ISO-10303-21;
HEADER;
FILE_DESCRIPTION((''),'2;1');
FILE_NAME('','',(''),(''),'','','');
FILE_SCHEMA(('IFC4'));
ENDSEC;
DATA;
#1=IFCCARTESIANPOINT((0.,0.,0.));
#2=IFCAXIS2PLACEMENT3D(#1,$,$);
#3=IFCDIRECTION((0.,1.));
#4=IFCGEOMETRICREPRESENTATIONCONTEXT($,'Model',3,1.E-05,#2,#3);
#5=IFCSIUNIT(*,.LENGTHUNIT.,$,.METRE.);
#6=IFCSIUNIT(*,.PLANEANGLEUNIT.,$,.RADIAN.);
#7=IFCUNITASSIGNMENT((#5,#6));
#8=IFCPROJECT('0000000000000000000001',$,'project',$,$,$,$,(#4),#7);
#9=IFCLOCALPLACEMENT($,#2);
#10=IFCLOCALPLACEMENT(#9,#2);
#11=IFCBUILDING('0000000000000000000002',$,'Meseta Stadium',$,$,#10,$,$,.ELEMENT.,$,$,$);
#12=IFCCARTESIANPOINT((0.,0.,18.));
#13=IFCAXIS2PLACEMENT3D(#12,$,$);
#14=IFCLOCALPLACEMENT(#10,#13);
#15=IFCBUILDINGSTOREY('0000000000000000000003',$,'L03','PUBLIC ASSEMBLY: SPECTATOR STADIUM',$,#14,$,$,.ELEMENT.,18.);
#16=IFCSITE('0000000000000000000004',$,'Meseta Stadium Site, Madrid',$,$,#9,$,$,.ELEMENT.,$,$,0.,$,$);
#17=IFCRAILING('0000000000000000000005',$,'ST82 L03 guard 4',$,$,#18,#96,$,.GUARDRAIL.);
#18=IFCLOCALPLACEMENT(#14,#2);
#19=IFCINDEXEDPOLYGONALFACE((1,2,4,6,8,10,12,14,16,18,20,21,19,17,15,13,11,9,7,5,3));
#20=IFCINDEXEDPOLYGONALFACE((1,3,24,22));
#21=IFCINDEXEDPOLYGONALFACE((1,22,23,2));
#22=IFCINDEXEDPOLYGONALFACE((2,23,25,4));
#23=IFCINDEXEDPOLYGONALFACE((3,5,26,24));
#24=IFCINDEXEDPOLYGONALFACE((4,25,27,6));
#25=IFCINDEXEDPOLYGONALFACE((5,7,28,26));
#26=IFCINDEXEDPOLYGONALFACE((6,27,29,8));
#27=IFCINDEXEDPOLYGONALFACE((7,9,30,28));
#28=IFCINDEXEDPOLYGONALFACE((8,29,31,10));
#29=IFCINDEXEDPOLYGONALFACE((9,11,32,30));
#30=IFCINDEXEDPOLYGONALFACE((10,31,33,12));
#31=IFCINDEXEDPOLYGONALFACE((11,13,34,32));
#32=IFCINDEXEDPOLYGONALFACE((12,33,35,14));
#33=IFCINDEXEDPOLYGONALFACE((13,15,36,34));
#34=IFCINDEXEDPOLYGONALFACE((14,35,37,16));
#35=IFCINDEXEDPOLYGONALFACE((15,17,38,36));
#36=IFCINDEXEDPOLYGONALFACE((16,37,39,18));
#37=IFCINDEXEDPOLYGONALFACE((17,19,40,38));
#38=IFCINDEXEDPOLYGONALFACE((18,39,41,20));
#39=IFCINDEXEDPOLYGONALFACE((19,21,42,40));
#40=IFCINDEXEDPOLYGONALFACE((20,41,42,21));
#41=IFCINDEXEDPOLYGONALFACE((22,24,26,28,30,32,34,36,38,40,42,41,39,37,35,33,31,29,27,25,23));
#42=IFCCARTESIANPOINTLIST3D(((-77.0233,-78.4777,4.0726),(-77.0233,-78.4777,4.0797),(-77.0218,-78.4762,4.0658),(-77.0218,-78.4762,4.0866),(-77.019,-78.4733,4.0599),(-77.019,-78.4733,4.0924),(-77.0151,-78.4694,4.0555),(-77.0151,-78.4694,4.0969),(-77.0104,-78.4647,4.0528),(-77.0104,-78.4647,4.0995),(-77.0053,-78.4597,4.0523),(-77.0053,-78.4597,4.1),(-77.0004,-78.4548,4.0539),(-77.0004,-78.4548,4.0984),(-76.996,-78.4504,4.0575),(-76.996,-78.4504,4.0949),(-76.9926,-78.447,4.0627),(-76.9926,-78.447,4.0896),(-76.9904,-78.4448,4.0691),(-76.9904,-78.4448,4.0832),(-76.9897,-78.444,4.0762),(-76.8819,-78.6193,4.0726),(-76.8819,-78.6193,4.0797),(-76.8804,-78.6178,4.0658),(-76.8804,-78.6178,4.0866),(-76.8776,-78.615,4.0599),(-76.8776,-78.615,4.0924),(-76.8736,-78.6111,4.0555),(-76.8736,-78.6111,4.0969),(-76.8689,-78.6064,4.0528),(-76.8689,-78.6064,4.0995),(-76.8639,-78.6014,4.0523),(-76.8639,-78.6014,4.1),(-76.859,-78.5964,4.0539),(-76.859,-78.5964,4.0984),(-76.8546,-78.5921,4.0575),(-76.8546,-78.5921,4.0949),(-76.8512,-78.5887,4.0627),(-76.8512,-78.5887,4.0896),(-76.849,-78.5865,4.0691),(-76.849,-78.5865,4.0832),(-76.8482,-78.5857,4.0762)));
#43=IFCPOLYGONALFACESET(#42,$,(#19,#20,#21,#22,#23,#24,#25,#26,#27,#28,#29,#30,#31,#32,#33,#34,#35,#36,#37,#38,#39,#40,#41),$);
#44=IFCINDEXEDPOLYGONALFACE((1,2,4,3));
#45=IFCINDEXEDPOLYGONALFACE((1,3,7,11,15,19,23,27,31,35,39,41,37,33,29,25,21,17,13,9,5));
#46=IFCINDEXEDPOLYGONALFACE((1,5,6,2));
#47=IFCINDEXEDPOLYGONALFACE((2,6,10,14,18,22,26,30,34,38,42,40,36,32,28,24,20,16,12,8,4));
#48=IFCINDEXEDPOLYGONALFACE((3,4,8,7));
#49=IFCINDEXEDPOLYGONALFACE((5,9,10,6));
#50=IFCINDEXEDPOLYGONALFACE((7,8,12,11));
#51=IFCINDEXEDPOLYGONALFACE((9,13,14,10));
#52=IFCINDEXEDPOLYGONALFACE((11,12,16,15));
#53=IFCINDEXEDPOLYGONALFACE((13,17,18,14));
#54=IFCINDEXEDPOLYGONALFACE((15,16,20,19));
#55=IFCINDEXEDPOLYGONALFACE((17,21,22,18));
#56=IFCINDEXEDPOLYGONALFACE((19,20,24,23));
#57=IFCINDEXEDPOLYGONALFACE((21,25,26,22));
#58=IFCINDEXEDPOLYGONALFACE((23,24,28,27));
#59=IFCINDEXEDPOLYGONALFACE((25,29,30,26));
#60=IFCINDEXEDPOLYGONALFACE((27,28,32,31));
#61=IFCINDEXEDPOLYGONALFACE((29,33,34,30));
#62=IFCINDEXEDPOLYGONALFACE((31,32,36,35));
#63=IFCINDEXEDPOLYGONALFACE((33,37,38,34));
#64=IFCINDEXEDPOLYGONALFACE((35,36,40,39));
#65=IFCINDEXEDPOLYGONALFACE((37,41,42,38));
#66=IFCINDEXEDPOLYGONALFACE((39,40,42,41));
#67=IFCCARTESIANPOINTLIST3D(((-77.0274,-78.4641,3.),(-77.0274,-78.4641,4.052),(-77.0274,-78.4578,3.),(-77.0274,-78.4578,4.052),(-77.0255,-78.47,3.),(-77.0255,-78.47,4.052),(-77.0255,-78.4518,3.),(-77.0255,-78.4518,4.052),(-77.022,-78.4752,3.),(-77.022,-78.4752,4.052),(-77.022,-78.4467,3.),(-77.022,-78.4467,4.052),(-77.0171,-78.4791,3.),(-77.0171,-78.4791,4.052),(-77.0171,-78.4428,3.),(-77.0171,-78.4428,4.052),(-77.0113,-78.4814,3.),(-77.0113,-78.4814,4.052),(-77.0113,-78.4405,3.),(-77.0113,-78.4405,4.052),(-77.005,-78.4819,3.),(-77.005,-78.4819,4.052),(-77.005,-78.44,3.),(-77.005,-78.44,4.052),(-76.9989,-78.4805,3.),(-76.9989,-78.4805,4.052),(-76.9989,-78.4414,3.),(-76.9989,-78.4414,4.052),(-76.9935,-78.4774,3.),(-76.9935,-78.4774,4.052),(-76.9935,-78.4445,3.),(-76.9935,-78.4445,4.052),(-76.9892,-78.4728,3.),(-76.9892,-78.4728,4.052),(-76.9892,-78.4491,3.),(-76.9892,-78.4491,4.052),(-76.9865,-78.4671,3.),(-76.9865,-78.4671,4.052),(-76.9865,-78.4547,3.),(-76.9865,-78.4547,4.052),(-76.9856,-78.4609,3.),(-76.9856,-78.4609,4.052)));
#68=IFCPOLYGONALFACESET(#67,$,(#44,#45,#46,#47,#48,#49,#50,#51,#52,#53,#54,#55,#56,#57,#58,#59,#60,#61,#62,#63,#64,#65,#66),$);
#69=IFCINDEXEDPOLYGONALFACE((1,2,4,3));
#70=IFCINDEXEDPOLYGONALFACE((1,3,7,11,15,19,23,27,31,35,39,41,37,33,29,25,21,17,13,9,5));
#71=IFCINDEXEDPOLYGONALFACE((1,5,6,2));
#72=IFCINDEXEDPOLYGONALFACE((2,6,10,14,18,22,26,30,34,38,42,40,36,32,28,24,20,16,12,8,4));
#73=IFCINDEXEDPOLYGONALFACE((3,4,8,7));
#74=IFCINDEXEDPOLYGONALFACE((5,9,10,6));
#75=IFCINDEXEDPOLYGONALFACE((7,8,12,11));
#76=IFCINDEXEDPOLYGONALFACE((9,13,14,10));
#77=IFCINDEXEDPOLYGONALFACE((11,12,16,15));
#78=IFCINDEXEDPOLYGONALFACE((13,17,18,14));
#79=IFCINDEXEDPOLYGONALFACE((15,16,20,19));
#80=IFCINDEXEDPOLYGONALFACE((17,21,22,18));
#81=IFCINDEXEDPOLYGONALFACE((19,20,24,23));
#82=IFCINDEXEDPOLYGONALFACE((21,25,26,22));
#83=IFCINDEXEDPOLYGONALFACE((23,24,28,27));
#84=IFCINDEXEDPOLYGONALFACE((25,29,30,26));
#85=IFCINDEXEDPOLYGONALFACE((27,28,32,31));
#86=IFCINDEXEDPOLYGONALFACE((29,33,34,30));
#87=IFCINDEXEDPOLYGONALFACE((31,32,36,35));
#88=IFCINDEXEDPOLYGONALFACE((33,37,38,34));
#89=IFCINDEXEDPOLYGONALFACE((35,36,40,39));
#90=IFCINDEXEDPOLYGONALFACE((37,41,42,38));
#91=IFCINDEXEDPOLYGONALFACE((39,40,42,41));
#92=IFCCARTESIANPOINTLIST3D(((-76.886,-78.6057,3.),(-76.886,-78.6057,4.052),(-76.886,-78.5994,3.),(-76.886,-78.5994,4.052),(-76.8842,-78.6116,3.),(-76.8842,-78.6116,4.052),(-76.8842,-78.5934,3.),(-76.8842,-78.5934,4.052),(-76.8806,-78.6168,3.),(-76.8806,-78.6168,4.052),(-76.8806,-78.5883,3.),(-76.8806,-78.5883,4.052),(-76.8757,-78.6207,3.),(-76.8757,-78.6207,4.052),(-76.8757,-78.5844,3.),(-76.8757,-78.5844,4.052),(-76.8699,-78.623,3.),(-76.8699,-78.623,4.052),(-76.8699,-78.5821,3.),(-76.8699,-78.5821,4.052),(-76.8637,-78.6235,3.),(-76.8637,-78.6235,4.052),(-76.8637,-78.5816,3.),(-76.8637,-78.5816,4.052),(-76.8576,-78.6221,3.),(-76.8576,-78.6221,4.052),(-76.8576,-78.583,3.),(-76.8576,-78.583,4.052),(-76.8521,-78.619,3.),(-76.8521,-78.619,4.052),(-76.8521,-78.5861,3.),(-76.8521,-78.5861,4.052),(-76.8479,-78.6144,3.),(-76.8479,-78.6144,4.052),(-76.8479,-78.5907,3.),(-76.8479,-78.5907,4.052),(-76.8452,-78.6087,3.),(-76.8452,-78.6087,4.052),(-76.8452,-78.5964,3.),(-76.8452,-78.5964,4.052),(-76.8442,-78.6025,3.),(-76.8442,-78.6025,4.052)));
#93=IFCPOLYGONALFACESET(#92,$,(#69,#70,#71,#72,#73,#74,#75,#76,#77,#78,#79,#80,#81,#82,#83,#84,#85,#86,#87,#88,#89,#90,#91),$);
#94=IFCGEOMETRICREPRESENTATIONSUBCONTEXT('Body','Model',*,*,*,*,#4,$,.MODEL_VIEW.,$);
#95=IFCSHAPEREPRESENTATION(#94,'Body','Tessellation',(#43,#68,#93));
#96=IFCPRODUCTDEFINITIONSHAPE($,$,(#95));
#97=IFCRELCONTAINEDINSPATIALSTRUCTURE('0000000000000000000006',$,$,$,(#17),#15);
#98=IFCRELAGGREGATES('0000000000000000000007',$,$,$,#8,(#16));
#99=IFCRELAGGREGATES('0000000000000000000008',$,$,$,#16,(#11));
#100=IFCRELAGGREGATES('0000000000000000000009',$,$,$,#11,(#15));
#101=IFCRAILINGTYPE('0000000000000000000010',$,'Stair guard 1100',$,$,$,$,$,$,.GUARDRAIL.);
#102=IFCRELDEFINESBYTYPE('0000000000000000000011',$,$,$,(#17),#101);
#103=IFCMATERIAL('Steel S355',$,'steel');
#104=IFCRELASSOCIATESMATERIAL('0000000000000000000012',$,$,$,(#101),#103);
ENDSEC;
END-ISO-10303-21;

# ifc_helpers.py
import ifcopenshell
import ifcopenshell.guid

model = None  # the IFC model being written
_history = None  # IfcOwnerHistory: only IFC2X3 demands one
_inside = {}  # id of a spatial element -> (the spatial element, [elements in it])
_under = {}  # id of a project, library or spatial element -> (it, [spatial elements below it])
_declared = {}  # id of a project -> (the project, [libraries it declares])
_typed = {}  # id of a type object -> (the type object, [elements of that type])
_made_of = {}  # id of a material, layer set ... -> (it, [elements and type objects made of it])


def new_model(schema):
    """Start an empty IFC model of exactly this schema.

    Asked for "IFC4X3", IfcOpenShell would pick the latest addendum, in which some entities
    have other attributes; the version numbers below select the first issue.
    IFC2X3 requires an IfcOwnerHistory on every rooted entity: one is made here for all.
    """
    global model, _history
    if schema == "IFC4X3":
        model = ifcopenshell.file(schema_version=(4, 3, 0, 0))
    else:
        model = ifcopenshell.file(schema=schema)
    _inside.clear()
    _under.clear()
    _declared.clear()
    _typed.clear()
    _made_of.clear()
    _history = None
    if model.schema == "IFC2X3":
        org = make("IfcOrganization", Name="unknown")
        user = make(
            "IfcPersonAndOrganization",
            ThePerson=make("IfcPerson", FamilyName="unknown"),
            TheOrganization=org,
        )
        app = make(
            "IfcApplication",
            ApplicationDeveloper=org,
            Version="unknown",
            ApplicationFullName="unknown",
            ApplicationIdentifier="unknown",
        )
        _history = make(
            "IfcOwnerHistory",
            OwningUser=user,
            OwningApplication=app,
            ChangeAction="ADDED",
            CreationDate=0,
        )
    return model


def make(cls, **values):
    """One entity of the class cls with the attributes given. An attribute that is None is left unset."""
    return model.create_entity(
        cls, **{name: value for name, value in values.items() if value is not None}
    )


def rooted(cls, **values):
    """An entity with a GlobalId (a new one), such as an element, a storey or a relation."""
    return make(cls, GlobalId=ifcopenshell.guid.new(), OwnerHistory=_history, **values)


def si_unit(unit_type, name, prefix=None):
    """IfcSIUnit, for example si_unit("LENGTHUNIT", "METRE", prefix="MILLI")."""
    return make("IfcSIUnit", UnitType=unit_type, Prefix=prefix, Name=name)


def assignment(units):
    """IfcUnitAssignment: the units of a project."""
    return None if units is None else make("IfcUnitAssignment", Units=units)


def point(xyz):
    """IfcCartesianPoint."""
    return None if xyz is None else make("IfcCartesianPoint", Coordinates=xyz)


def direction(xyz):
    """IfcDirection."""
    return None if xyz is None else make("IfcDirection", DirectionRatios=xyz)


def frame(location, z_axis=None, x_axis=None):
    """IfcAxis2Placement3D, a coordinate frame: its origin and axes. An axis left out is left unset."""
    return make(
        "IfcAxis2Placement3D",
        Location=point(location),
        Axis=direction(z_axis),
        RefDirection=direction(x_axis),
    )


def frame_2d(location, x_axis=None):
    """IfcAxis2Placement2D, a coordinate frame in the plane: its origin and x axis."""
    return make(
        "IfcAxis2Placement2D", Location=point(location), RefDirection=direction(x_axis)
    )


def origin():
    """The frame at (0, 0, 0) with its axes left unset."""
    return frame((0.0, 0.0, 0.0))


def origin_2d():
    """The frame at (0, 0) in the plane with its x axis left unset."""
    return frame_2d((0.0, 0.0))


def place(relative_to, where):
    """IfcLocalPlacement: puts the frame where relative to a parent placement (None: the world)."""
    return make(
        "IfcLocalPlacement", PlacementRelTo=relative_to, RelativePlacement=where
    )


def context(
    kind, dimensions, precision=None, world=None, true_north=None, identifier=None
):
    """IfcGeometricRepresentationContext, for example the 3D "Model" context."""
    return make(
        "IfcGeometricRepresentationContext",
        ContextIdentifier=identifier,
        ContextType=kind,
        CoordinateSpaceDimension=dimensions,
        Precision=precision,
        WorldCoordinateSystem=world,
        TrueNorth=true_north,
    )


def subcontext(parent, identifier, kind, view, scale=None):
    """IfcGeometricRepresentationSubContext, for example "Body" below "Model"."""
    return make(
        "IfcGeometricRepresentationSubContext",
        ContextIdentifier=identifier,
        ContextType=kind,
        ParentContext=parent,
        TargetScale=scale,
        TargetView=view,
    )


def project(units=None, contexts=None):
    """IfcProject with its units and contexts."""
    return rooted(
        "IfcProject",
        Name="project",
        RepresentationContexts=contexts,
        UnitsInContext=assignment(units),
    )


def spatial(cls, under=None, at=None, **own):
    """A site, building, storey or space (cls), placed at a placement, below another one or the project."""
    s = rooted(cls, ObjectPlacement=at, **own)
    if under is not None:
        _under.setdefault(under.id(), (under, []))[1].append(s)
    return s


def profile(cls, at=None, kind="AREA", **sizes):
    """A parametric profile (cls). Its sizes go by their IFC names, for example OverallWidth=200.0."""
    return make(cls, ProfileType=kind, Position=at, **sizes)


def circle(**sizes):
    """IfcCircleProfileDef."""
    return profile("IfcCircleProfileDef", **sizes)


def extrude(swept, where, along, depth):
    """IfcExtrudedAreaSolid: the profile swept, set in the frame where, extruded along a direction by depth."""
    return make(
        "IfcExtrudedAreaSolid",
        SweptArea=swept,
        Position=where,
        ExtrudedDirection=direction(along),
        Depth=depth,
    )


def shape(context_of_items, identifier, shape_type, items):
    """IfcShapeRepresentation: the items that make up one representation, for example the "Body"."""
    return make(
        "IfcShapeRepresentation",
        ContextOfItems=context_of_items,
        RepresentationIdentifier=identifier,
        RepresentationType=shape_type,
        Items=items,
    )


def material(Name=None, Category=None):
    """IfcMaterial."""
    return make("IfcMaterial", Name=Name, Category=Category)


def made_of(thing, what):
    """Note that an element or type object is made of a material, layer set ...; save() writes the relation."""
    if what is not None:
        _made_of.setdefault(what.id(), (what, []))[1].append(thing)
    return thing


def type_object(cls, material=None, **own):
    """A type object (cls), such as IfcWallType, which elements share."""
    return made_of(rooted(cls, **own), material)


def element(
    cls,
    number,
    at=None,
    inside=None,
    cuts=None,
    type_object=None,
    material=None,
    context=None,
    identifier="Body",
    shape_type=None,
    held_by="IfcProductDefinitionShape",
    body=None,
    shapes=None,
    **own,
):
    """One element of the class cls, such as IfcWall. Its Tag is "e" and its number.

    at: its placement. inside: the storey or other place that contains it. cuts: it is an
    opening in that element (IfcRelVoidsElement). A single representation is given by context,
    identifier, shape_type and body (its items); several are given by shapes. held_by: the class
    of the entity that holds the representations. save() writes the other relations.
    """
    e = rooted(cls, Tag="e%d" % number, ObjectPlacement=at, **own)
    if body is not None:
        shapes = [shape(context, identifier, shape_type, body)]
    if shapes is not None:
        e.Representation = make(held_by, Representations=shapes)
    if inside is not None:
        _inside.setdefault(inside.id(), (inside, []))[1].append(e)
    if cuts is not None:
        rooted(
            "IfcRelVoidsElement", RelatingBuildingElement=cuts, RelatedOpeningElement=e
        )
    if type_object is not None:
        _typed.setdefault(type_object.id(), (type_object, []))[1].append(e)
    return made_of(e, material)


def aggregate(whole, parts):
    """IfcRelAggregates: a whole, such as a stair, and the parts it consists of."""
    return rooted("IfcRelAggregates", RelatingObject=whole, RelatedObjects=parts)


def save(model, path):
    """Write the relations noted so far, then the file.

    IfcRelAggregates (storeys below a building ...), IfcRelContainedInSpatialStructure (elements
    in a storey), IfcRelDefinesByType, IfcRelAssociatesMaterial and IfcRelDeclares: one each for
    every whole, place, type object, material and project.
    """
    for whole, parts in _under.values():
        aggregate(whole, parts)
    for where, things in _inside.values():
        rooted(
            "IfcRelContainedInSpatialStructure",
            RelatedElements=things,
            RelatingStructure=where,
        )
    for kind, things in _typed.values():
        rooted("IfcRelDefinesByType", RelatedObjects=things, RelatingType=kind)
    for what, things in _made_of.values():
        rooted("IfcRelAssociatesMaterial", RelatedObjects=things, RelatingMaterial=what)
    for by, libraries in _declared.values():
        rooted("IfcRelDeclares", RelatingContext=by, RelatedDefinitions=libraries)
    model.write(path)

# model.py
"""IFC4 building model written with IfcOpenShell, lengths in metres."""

from ifc_helpers import new_model, si_unit, direction, frame, origin, origin_2d, place, context, subcontext, project, spatial, circle, extrude, material, type_object, element, save


model = new_model("IFC4")

# Units and contexts
model_context = context("Model", 3, precision=1e-05, world=origin(), true_north=direction((0.0, 1.0)))
body_context = subcontext(model_context, "Body", "Model", "MODEL_VIEW")
ifc_project = project(units=[si_unit("LENGTHUNIT", "METRE"), si_unit("PLANEANGLEUNIT", "RADIAN")], contexts=[model_context])

# Site, building, storey
site_placement = place(None, origin())
site = spatial("IfcSite", under=ifc_project, at=site_placement, Name="Meseta Stadium Site, Madrid", CompositionType="ELEMENT", RefElevation=0.0)
building_placement = place(site_placement, origin())
building = spatial("IfcBuilding", under=site, at=building_placement, Name="Meseta Stadium", CompositionType="ELEMENT")
storey_placement = place(building_placement, frame((0.0, 0.0, 18.0)))
storey = spatial("IfcBuildingStorey", under=building, at=storey_placement, Name="L03", Description="PUBLIC ASSEMBLY: SPECTATOR STADIUM", CompositionType="ELEMENT", Elevation=18.0)

# Railing
ifc_material_1 = material(Name="Steel S355", Category="steel")
railing_type_1 = type_object("IfcRailingType", Name="Stair guard 1100", PredefinedType="GUARDRAIL", material=ifc_material_1)
railing_1_placement = place(storey_placement, frame((-77.0066, -78.4609, 3.0)))
element("IfcRailing", 1, at=railing_1_placement, inside=storey, type_object=railing_type_1, Name="ST82 L03 guard 4", PredefinedType="GUARDRAIL", context=body_context, shape_type="SweptSolid", body=[
    extrude(circle(Radius=0.0239, at=origin_2d()), frame((0.0, 0.0, 1.0762), z_axis=(0.706496, -0.707717, 0.0), x_axis=(0.707717, 0.706496, 0.0)), (0.0, 0.0, 1.0), 0.2002),
    extrude(circle(Radius=0.021, at=origin_2d()), origin(), (0.0, 0.0, 1.0), 1.052),
    extrude(circle(Radius=0.021, at=origin_2d()), frame((0.1414, -0.1416, 0.0)), (0.0, 0.0, 1.0), 1.052),
])

save(model, "model.ifc")
